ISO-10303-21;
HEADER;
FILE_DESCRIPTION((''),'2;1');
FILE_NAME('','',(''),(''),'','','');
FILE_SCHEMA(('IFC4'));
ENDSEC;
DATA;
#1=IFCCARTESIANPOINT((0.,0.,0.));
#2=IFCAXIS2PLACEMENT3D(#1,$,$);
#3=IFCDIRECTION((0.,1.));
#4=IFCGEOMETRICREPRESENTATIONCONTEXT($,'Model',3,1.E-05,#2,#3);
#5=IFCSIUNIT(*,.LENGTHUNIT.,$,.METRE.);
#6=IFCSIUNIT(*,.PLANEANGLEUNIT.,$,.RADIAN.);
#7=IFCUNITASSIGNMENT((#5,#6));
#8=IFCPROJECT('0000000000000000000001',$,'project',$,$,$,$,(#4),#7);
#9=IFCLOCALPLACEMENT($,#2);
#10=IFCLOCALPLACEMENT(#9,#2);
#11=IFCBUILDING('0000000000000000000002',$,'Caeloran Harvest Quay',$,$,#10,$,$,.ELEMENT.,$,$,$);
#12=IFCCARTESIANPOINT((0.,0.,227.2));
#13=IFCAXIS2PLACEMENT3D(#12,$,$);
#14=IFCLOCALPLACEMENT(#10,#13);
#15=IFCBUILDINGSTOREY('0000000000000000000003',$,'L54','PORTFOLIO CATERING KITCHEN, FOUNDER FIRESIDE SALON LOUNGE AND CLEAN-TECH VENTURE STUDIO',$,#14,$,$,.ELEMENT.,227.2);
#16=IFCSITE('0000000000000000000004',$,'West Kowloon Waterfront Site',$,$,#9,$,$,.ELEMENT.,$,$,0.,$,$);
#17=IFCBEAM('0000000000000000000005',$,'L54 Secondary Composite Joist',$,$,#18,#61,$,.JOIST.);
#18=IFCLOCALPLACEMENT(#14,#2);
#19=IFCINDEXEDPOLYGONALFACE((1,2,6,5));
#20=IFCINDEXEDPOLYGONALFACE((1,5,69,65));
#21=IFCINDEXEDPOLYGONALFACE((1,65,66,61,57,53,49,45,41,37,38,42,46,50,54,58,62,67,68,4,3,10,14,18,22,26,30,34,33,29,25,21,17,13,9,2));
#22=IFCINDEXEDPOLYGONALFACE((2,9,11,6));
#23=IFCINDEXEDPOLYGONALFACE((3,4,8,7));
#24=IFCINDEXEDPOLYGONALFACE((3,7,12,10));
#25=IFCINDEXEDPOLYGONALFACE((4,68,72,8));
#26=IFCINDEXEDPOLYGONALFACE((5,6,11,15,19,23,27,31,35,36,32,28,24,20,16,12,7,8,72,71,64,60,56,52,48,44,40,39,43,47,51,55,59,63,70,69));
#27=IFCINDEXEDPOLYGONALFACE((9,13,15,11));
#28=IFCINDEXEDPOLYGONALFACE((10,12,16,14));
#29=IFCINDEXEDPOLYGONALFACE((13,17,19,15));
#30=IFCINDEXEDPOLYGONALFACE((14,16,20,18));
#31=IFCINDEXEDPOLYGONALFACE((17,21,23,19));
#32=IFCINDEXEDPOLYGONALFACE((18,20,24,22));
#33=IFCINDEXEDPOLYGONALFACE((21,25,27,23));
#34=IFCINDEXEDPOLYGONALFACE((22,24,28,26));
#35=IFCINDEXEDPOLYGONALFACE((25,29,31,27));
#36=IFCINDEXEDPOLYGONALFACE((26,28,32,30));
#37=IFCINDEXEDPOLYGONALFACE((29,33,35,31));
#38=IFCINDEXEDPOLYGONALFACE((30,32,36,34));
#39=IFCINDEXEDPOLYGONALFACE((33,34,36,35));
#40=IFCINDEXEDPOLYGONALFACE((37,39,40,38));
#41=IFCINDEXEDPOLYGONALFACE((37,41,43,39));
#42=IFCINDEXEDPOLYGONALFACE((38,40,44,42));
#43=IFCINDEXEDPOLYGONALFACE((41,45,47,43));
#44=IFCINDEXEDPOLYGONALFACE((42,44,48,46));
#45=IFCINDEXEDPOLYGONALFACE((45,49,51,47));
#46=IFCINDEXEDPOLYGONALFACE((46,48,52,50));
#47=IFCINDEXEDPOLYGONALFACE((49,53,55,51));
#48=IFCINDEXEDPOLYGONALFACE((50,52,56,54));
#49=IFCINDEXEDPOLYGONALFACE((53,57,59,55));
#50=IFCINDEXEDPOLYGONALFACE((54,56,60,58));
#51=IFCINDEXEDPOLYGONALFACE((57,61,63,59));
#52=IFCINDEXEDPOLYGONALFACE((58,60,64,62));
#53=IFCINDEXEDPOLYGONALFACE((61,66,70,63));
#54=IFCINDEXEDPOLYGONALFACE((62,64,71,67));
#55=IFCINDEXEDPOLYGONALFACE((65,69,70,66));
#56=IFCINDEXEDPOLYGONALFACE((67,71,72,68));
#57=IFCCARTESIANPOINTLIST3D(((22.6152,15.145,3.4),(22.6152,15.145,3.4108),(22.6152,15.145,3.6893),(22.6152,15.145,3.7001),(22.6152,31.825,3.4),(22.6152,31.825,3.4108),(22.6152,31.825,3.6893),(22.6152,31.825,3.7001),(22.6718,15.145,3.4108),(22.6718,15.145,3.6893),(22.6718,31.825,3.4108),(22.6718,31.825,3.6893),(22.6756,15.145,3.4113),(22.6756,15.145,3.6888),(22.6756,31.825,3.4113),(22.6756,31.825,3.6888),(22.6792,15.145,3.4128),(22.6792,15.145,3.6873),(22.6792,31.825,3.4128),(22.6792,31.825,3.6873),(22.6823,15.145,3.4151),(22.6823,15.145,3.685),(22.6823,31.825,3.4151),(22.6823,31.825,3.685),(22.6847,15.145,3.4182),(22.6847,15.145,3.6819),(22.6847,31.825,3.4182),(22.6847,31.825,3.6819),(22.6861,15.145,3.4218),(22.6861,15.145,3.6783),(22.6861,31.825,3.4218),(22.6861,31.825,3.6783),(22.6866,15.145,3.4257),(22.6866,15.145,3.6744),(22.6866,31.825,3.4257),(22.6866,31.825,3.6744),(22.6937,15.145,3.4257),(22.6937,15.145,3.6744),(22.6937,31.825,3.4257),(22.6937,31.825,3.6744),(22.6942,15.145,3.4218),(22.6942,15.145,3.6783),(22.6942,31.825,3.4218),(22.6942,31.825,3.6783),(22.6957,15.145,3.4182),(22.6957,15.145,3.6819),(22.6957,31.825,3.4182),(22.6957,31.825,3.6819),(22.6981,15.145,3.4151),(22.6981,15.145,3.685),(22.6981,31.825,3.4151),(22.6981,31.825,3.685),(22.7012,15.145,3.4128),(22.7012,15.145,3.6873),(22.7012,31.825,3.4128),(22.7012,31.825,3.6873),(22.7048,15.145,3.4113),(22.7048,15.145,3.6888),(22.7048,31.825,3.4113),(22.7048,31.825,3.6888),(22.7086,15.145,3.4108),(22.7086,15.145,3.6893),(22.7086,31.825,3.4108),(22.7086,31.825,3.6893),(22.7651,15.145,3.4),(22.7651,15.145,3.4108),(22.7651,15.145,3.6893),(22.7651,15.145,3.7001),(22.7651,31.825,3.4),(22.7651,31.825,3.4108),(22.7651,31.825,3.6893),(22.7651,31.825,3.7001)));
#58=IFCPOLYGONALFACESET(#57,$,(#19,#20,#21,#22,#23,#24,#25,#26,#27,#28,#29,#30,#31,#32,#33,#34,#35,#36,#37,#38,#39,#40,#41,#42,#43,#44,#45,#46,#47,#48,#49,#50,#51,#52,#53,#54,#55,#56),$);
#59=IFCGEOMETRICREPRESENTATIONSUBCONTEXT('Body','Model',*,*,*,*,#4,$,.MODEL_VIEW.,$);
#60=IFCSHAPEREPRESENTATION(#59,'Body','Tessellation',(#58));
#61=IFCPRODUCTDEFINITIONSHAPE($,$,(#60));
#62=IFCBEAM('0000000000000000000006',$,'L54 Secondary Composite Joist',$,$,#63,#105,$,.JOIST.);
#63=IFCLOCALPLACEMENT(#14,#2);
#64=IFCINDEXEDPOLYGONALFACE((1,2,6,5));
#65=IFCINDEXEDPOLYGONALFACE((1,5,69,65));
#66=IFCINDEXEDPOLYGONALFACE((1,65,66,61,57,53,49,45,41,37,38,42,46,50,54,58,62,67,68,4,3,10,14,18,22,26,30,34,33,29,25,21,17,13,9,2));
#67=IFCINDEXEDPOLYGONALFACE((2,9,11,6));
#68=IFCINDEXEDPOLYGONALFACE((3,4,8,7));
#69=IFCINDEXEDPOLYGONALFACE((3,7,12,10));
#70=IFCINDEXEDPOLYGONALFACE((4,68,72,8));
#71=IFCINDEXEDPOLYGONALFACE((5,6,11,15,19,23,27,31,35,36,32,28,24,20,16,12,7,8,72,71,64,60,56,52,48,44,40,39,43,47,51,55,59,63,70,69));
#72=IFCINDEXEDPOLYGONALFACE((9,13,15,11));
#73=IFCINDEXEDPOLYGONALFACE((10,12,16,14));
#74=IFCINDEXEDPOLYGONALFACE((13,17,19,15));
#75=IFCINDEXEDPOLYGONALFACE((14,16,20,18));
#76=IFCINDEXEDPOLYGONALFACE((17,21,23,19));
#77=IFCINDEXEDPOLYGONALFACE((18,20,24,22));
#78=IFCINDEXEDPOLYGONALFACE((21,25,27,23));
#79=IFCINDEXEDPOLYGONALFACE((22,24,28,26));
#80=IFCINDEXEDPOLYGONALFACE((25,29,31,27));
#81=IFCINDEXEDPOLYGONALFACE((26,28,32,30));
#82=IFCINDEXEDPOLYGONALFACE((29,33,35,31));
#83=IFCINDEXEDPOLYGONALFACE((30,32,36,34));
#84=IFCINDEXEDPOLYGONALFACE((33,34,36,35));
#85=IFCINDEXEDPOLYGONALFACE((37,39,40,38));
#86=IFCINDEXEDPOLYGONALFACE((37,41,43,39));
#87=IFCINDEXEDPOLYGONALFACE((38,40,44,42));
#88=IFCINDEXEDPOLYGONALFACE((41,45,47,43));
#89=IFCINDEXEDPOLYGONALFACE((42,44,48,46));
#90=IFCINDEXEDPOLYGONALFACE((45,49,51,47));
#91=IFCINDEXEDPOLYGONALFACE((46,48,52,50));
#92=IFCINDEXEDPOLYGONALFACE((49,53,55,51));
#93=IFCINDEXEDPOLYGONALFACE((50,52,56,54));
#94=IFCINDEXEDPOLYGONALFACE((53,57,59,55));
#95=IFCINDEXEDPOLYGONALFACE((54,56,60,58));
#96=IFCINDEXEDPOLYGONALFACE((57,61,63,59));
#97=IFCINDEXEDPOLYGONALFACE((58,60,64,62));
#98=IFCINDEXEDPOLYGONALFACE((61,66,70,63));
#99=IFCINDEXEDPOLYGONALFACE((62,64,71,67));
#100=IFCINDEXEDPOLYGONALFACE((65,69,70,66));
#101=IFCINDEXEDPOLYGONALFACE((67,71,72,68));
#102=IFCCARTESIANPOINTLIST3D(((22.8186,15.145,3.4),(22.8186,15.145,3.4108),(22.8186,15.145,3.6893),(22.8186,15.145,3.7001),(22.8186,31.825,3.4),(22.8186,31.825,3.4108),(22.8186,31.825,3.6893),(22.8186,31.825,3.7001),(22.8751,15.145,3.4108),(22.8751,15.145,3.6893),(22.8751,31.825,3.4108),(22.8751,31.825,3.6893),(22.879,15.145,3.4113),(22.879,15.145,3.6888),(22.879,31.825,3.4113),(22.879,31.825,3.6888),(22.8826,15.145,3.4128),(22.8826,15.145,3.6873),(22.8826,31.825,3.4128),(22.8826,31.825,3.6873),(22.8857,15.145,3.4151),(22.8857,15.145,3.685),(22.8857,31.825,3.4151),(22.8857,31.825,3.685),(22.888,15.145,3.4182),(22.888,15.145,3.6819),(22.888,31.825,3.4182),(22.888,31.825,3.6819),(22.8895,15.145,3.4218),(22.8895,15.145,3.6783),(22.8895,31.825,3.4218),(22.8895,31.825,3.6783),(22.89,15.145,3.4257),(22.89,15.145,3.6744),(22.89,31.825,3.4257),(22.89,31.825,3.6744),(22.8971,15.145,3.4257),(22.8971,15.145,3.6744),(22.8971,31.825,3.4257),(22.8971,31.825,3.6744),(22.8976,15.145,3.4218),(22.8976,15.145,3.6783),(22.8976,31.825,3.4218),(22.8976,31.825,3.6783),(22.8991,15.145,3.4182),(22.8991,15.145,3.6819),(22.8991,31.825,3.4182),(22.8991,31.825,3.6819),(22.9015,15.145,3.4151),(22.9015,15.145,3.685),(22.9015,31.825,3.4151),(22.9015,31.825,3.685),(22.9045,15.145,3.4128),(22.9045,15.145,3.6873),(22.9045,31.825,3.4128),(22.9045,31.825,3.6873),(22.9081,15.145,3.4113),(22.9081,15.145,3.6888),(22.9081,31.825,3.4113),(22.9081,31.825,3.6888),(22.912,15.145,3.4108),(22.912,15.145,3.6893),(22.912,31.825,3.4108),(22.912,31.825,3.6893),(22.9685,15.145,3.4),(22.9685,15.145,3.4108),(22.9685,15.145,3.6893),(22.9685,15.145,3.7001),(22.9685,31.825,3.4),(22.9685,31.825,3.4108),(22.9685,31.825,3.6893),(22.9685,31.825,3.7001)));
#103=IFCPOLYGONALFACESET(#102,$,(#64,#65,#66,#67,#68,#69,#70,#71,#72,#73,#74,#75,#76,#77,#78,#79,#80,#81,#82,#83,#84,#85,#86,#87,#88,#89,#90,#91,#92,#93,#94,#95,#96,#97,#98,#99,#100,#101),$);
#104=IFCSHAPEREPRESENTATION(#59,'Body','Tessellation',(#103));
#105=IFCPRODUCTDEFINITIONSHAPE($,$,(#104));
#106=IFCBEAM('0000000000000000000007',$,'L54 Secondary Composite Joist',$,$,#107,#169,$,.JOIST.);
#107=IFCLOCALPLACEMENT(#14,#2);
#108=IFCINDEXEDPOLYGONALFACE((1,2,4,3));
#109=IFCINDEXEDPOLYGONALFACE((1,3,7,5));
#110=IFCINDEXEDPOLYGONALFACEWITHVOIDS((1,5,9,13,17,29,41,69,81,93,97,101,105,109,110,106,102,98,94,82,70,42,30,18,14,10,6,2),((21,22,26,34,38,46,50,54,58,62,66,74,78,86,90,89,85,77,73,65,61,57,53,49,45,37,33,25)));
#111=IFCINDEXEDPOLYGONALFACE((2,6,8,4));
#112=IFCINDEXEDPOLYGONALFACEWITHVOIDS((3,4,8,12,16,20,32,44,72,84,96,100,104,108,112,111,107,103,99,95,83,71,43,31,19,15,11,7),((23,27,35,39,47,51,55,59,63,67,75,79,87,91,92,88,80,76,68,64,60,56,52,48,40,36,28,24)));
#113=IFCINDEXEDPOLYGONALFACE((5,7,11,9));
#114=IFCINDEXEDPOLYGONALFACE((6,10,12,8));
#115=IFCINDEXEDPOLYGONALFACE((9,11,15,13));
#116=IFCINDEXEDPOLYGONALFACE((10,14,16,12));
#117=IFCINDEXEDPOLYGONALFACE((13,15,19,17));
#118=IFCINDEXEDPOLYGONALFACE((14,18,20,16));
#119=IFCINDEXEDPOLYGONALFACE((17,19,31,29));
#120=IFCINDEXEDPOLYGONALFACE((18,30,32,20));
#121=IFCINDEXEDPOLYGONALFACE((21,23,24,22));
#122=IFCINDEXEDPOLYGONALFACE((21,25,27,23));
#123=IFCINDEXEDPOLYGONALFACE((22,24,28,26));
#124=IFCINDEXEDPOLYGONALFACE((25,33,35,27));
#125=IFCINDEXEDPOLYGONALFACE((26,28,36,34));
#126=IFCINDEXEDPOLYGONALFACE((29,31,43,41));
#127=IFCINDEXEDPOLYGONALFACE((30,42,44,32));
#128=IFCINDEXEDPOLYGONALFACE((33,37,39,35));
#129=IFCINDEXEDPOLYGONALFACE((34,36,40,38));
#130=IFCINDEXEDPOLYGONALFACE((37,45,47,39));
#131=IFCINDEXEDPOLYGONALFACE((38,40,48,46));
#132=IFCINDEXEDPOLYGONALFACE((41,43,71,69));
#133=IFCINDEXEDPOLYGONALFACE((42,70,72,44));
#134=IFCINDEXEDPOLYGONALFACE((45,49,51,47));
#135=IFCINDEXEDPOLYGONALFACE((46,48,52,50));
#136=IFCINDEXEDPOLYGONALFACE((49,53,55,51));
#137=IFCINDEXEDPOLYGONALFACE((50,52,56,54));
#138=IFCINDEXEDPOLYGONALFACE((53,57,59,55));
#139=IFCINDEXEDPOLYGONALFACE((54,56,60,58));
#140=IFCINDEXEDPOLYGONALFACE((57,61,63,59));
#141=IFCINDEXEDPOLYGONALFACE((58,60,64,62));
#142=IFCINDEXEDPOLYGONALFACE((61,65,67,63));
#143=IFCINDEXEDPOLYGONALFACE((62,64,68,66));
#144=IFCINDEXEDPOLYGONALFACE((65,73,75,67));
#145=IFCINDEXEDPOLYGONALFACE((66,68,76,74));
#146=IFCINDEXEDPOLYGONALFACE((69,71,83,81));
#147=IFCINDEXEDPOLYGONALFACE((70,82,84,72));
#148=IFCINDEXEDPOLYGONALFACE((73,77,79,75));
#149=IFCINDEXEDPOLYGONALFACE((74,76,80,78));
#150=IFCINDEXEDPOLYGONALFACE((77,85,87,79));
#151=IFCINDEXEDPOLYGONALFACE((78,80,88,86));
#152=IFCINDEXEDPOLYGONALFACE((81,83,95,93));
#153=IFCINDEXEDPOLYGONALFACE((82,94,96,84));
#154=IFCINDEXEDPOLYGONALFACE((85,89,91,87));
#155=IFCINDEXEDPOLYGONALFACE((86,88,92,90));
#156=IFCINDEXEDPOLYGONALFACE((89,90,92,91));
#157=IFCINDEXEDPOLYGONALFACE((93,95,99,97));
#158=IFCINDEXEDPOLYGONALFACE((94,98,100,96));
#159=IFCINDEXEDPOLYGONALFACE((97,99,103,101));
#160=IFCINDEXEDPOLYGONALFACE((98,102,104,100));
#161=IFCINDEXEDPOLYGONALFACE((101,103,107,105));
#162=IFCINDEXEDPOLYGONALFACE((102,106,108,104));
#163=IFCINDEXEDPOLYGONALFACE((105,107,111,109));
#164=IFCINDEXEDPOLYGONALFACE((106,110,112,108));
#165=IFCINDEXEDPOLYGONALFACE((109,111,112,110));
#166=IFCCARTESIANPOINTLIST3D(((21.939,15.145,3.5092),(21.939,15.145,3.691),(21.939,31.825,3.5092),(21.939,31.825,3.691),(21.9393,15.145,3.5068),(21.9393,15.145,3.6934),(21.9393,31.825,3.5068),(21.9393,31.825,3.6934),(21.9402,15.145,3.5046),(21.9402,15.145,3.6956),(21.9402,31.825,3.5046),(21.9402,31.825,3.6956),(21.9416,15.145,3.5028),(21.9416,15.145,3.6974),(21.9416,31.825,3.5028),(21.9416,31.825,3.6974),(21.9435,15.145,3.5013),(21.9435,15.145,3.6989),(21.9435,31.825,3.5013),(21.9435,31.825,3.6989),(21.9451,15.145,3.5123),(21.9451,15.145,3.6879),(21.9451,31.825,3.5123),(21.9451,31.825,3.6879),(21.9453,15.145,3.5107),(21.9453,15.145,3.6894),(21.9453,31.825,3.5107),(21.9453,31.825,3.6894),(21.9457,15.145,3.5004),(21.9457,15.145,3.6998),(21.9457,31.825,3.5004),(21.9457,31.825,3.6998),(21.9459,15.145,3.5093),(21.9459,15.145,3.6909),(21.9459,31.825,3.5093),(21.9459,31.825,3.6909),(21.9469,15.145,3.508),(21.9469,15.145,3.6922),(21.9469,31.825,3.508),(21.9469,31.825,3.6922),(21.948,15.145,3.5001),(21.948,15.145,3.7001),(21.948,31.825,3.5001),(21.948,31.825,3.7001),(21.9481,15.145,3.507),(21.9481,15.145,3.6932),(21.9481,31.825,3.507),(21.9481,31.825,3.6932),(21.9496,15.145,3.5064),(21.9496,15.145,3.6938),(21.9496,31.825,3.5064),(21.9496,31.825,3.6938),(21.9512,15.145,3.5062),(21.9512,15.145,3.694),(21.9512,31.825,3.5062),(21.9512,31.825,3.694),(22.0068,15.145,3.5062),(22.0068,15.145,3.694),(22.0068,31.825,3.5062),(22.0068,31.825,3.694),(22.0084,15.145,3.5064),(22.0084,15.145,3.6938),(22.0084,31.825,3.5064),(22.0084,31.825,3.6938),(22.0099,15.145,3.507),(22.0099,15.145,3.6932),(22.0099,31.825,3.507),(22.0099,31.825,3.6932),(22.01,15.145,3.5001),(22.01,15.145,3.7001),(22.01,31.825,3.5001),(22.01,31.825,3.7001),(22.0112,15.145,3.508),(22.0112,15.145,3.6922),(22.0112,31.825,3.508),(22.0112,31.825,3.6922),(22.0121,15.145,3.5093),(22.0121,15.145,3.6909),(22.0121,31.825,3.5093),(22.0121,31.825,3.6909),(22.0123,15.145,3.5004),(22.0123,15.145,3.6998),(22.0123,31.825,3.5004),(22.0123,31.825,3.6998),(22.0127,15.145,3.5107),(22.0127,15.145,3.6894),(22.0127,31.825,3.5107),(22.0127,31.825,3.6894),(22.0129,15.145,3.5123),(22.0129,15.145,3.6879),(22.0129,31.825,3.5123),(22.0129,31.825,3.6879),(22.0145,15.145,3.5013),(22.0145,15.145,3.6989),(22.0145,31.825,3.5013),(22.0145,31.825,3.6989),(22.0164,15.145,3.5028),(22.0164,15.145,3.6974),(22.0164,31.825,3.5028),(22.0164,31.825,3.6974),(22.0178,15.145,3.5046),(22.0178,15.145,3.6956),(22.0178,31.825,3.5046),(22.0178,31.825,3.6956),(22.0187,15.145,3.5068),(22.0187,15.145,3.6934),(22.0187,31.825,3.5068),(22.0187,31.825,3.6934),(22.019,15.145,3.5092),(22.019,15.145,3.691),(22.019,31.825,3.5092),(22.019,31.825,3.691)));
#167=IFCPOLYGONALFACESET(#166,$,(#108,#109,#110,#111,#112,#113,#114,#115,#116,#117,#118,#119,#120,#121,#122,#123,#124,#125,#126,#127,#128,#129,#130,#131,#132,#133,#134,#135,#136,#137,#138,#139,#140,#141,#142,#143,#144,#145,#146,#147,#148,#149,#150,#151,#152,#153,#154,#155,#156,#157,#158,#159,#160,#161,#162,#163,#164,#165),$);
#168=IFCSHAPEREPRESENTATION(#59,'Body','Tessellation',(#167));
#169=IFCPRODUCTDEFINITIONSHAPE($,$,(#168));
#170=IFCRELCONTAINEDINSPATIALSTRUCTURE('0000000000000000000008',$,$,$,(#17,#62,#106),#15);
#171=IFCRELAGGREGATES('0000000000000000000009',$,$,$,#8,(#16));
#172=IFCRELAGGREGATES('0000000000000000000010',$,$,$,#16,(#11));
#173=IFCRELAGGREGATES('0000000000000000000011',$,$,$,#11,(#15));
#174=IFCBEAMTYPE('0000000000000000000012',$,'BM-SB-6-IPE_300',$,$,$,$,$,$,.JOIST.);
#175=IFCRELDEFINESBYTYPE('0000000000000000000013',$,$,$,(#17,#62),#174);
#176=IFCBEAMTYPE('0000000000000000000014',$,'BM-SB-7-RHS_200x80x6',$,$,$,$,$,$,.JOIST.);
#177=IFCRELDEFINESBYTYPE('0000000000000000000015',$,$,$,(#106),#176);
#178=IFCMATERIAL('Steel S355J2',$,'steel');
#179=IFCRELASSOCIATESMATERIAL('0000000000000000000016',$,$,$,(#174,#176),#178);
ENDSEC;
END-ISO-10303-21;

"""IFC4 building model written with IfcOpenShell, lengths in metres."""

from ifc_helpers import new_model, si_unit, direction, frame, origin, origin_2d, place, context, subcontext, project, spatial, hollow_rectangle, i_section, extrude, material, material_profile, profile_set, type_object, element, save


model = new_model("IFC4")

# Units and contexts
model_context = context("Model", 3, precision=1e-05, world=origin(), true_north=direction((0.0, 1.0)))
body_context = subcontext(model_context, "Body", "Model", "MODEL_VIEW")
ifc_project = project(units=[si_unit("LENGTHUNIT", "METRE"), si_unit("PLANEANGLEUNIT", "RADIAN")], contexts=[model_context])

# Site, building, storey
site_placement = place(None, origin())
site = spatial("IfcSite", under=ifc_project, at=site_placement, Name="West Kowloon Waterfront Site", CompositionType="ELEMENT", RefElevation=0.0)
building_placement = place(site_placement, origin())
building = spatial("IfcBuilding", under=site, at=building_placement, Name="Caeloran Harvest Quay", CompositionType="ELEMENT")
storey_placement = place(building_placement, frame((0.0, 0.0, 227.2)))
storey = spatial("IfcBuildingStorey", under=building, at=storey_placement, Name="L54", Description="PORTFOLIO CATERING KITCHEN, FOUNDER FIRESIDE SALON LOUNGE AND CLEAN-TECH VENTURE STUDIO", CompositionType="ELEMENT", Elevation=227.2)

# Beams
ifc_material_1 = material(Name="Steel S355J2", Category="steel")
ifc_material_profile_1 = material_profile(ifc_material_1, i_section(OverallWidth=0.1499, OverallDepth=0.3, WebThickness=0.0071, FlangeThickness=0.0107, FilletRadius=0.0149, at=origin_2d()), Name="IPE 300")
ifc_profile_set_1 = profile_set([ifc_material_profile_1], Name="Steel S355J2")
beam_type_1 = type_object("IfcBeamType", Name="BM-SB-6-IPE_300", PredefinedType="JOIST", material=ifc_profile_set_1)
for number, where, z_axis, x_axis, name in (
    (1, (22.6902, 15.145, 3.55), (0.0, 1.0, 0.0), (-1.0, 0.0, 0.0), "L54 Secondary Composite Joist"),
    (2, (22.8936, 15.145, 3.55), (0.0, 1.0, 0.0), (-1.0, 0.0, 0.0), "L54 Secondary Composite Joist"),
):
    element("IfcBeam", number, at=place(storey_placement, frame(where, z_axis=z_axis, x_axis=x_axis)), inside=storey, type_object=beam_type_1, Name=name, PredefinedType="JOIST", context=body_context, shape_type="SweptSolid", body=[
        extrude(i_section(OverallWidth=0.1499, OverallDepth=0.3, WebThickness=0.0071, FlangeThickness=0.0107, FilletRadius=0.0149, at=origin_2d()), origin(), (0.0, 0.0, 1.0), 16.6799),
    ])
ifc_material_profile_2 = material_profile(ifc_material_1, hollow_rectangle(XDim=0.0801, YDim=0.2, WallThickness=0.0061, InnerFilletRadius=0.0061, OuterFilletRadius=0.009, at=origin_2d()), Name="RHS 200x80x6")
ifc_profile_set_2 = profile_set([ifc_material_profile_2], Name="Steel S355J2")
beam_type_2 = type_object("IfcBeamType", Name="BM-SB-7-RHS_200x80x6", PredefinedType="JOIST", material=ifc_profile_set_2)
for number, where, z_axis, x_axis, name in (
    (3, (21.979, 15.145, 3.6001), (0.0, 1.0, 0.0), (-1.0, 0.0, 0.0), "L54 Secondary Composite Joist"),
):
    element("IfcBeam", number, at=place(storey_placement, frame(where, z_axis=z_axis, x_axis=x_axis)), inside=storey, type_object=beam_type_2, Name=name, PredefinedType="JOIST", context=body_context, shape_type="SweptSolid", body=[
        extrude(hollow_rectangle(XDim=0.0801, YDim=0.2, WallThickness=0.0061, InnerFilletRadius=0.0061, OuterFilletRadius=0.009, at=origin_2d()), origin(), (0.0, 0.0, 1.0), 16.6799),
    ])

save(model, "model.ifc")
